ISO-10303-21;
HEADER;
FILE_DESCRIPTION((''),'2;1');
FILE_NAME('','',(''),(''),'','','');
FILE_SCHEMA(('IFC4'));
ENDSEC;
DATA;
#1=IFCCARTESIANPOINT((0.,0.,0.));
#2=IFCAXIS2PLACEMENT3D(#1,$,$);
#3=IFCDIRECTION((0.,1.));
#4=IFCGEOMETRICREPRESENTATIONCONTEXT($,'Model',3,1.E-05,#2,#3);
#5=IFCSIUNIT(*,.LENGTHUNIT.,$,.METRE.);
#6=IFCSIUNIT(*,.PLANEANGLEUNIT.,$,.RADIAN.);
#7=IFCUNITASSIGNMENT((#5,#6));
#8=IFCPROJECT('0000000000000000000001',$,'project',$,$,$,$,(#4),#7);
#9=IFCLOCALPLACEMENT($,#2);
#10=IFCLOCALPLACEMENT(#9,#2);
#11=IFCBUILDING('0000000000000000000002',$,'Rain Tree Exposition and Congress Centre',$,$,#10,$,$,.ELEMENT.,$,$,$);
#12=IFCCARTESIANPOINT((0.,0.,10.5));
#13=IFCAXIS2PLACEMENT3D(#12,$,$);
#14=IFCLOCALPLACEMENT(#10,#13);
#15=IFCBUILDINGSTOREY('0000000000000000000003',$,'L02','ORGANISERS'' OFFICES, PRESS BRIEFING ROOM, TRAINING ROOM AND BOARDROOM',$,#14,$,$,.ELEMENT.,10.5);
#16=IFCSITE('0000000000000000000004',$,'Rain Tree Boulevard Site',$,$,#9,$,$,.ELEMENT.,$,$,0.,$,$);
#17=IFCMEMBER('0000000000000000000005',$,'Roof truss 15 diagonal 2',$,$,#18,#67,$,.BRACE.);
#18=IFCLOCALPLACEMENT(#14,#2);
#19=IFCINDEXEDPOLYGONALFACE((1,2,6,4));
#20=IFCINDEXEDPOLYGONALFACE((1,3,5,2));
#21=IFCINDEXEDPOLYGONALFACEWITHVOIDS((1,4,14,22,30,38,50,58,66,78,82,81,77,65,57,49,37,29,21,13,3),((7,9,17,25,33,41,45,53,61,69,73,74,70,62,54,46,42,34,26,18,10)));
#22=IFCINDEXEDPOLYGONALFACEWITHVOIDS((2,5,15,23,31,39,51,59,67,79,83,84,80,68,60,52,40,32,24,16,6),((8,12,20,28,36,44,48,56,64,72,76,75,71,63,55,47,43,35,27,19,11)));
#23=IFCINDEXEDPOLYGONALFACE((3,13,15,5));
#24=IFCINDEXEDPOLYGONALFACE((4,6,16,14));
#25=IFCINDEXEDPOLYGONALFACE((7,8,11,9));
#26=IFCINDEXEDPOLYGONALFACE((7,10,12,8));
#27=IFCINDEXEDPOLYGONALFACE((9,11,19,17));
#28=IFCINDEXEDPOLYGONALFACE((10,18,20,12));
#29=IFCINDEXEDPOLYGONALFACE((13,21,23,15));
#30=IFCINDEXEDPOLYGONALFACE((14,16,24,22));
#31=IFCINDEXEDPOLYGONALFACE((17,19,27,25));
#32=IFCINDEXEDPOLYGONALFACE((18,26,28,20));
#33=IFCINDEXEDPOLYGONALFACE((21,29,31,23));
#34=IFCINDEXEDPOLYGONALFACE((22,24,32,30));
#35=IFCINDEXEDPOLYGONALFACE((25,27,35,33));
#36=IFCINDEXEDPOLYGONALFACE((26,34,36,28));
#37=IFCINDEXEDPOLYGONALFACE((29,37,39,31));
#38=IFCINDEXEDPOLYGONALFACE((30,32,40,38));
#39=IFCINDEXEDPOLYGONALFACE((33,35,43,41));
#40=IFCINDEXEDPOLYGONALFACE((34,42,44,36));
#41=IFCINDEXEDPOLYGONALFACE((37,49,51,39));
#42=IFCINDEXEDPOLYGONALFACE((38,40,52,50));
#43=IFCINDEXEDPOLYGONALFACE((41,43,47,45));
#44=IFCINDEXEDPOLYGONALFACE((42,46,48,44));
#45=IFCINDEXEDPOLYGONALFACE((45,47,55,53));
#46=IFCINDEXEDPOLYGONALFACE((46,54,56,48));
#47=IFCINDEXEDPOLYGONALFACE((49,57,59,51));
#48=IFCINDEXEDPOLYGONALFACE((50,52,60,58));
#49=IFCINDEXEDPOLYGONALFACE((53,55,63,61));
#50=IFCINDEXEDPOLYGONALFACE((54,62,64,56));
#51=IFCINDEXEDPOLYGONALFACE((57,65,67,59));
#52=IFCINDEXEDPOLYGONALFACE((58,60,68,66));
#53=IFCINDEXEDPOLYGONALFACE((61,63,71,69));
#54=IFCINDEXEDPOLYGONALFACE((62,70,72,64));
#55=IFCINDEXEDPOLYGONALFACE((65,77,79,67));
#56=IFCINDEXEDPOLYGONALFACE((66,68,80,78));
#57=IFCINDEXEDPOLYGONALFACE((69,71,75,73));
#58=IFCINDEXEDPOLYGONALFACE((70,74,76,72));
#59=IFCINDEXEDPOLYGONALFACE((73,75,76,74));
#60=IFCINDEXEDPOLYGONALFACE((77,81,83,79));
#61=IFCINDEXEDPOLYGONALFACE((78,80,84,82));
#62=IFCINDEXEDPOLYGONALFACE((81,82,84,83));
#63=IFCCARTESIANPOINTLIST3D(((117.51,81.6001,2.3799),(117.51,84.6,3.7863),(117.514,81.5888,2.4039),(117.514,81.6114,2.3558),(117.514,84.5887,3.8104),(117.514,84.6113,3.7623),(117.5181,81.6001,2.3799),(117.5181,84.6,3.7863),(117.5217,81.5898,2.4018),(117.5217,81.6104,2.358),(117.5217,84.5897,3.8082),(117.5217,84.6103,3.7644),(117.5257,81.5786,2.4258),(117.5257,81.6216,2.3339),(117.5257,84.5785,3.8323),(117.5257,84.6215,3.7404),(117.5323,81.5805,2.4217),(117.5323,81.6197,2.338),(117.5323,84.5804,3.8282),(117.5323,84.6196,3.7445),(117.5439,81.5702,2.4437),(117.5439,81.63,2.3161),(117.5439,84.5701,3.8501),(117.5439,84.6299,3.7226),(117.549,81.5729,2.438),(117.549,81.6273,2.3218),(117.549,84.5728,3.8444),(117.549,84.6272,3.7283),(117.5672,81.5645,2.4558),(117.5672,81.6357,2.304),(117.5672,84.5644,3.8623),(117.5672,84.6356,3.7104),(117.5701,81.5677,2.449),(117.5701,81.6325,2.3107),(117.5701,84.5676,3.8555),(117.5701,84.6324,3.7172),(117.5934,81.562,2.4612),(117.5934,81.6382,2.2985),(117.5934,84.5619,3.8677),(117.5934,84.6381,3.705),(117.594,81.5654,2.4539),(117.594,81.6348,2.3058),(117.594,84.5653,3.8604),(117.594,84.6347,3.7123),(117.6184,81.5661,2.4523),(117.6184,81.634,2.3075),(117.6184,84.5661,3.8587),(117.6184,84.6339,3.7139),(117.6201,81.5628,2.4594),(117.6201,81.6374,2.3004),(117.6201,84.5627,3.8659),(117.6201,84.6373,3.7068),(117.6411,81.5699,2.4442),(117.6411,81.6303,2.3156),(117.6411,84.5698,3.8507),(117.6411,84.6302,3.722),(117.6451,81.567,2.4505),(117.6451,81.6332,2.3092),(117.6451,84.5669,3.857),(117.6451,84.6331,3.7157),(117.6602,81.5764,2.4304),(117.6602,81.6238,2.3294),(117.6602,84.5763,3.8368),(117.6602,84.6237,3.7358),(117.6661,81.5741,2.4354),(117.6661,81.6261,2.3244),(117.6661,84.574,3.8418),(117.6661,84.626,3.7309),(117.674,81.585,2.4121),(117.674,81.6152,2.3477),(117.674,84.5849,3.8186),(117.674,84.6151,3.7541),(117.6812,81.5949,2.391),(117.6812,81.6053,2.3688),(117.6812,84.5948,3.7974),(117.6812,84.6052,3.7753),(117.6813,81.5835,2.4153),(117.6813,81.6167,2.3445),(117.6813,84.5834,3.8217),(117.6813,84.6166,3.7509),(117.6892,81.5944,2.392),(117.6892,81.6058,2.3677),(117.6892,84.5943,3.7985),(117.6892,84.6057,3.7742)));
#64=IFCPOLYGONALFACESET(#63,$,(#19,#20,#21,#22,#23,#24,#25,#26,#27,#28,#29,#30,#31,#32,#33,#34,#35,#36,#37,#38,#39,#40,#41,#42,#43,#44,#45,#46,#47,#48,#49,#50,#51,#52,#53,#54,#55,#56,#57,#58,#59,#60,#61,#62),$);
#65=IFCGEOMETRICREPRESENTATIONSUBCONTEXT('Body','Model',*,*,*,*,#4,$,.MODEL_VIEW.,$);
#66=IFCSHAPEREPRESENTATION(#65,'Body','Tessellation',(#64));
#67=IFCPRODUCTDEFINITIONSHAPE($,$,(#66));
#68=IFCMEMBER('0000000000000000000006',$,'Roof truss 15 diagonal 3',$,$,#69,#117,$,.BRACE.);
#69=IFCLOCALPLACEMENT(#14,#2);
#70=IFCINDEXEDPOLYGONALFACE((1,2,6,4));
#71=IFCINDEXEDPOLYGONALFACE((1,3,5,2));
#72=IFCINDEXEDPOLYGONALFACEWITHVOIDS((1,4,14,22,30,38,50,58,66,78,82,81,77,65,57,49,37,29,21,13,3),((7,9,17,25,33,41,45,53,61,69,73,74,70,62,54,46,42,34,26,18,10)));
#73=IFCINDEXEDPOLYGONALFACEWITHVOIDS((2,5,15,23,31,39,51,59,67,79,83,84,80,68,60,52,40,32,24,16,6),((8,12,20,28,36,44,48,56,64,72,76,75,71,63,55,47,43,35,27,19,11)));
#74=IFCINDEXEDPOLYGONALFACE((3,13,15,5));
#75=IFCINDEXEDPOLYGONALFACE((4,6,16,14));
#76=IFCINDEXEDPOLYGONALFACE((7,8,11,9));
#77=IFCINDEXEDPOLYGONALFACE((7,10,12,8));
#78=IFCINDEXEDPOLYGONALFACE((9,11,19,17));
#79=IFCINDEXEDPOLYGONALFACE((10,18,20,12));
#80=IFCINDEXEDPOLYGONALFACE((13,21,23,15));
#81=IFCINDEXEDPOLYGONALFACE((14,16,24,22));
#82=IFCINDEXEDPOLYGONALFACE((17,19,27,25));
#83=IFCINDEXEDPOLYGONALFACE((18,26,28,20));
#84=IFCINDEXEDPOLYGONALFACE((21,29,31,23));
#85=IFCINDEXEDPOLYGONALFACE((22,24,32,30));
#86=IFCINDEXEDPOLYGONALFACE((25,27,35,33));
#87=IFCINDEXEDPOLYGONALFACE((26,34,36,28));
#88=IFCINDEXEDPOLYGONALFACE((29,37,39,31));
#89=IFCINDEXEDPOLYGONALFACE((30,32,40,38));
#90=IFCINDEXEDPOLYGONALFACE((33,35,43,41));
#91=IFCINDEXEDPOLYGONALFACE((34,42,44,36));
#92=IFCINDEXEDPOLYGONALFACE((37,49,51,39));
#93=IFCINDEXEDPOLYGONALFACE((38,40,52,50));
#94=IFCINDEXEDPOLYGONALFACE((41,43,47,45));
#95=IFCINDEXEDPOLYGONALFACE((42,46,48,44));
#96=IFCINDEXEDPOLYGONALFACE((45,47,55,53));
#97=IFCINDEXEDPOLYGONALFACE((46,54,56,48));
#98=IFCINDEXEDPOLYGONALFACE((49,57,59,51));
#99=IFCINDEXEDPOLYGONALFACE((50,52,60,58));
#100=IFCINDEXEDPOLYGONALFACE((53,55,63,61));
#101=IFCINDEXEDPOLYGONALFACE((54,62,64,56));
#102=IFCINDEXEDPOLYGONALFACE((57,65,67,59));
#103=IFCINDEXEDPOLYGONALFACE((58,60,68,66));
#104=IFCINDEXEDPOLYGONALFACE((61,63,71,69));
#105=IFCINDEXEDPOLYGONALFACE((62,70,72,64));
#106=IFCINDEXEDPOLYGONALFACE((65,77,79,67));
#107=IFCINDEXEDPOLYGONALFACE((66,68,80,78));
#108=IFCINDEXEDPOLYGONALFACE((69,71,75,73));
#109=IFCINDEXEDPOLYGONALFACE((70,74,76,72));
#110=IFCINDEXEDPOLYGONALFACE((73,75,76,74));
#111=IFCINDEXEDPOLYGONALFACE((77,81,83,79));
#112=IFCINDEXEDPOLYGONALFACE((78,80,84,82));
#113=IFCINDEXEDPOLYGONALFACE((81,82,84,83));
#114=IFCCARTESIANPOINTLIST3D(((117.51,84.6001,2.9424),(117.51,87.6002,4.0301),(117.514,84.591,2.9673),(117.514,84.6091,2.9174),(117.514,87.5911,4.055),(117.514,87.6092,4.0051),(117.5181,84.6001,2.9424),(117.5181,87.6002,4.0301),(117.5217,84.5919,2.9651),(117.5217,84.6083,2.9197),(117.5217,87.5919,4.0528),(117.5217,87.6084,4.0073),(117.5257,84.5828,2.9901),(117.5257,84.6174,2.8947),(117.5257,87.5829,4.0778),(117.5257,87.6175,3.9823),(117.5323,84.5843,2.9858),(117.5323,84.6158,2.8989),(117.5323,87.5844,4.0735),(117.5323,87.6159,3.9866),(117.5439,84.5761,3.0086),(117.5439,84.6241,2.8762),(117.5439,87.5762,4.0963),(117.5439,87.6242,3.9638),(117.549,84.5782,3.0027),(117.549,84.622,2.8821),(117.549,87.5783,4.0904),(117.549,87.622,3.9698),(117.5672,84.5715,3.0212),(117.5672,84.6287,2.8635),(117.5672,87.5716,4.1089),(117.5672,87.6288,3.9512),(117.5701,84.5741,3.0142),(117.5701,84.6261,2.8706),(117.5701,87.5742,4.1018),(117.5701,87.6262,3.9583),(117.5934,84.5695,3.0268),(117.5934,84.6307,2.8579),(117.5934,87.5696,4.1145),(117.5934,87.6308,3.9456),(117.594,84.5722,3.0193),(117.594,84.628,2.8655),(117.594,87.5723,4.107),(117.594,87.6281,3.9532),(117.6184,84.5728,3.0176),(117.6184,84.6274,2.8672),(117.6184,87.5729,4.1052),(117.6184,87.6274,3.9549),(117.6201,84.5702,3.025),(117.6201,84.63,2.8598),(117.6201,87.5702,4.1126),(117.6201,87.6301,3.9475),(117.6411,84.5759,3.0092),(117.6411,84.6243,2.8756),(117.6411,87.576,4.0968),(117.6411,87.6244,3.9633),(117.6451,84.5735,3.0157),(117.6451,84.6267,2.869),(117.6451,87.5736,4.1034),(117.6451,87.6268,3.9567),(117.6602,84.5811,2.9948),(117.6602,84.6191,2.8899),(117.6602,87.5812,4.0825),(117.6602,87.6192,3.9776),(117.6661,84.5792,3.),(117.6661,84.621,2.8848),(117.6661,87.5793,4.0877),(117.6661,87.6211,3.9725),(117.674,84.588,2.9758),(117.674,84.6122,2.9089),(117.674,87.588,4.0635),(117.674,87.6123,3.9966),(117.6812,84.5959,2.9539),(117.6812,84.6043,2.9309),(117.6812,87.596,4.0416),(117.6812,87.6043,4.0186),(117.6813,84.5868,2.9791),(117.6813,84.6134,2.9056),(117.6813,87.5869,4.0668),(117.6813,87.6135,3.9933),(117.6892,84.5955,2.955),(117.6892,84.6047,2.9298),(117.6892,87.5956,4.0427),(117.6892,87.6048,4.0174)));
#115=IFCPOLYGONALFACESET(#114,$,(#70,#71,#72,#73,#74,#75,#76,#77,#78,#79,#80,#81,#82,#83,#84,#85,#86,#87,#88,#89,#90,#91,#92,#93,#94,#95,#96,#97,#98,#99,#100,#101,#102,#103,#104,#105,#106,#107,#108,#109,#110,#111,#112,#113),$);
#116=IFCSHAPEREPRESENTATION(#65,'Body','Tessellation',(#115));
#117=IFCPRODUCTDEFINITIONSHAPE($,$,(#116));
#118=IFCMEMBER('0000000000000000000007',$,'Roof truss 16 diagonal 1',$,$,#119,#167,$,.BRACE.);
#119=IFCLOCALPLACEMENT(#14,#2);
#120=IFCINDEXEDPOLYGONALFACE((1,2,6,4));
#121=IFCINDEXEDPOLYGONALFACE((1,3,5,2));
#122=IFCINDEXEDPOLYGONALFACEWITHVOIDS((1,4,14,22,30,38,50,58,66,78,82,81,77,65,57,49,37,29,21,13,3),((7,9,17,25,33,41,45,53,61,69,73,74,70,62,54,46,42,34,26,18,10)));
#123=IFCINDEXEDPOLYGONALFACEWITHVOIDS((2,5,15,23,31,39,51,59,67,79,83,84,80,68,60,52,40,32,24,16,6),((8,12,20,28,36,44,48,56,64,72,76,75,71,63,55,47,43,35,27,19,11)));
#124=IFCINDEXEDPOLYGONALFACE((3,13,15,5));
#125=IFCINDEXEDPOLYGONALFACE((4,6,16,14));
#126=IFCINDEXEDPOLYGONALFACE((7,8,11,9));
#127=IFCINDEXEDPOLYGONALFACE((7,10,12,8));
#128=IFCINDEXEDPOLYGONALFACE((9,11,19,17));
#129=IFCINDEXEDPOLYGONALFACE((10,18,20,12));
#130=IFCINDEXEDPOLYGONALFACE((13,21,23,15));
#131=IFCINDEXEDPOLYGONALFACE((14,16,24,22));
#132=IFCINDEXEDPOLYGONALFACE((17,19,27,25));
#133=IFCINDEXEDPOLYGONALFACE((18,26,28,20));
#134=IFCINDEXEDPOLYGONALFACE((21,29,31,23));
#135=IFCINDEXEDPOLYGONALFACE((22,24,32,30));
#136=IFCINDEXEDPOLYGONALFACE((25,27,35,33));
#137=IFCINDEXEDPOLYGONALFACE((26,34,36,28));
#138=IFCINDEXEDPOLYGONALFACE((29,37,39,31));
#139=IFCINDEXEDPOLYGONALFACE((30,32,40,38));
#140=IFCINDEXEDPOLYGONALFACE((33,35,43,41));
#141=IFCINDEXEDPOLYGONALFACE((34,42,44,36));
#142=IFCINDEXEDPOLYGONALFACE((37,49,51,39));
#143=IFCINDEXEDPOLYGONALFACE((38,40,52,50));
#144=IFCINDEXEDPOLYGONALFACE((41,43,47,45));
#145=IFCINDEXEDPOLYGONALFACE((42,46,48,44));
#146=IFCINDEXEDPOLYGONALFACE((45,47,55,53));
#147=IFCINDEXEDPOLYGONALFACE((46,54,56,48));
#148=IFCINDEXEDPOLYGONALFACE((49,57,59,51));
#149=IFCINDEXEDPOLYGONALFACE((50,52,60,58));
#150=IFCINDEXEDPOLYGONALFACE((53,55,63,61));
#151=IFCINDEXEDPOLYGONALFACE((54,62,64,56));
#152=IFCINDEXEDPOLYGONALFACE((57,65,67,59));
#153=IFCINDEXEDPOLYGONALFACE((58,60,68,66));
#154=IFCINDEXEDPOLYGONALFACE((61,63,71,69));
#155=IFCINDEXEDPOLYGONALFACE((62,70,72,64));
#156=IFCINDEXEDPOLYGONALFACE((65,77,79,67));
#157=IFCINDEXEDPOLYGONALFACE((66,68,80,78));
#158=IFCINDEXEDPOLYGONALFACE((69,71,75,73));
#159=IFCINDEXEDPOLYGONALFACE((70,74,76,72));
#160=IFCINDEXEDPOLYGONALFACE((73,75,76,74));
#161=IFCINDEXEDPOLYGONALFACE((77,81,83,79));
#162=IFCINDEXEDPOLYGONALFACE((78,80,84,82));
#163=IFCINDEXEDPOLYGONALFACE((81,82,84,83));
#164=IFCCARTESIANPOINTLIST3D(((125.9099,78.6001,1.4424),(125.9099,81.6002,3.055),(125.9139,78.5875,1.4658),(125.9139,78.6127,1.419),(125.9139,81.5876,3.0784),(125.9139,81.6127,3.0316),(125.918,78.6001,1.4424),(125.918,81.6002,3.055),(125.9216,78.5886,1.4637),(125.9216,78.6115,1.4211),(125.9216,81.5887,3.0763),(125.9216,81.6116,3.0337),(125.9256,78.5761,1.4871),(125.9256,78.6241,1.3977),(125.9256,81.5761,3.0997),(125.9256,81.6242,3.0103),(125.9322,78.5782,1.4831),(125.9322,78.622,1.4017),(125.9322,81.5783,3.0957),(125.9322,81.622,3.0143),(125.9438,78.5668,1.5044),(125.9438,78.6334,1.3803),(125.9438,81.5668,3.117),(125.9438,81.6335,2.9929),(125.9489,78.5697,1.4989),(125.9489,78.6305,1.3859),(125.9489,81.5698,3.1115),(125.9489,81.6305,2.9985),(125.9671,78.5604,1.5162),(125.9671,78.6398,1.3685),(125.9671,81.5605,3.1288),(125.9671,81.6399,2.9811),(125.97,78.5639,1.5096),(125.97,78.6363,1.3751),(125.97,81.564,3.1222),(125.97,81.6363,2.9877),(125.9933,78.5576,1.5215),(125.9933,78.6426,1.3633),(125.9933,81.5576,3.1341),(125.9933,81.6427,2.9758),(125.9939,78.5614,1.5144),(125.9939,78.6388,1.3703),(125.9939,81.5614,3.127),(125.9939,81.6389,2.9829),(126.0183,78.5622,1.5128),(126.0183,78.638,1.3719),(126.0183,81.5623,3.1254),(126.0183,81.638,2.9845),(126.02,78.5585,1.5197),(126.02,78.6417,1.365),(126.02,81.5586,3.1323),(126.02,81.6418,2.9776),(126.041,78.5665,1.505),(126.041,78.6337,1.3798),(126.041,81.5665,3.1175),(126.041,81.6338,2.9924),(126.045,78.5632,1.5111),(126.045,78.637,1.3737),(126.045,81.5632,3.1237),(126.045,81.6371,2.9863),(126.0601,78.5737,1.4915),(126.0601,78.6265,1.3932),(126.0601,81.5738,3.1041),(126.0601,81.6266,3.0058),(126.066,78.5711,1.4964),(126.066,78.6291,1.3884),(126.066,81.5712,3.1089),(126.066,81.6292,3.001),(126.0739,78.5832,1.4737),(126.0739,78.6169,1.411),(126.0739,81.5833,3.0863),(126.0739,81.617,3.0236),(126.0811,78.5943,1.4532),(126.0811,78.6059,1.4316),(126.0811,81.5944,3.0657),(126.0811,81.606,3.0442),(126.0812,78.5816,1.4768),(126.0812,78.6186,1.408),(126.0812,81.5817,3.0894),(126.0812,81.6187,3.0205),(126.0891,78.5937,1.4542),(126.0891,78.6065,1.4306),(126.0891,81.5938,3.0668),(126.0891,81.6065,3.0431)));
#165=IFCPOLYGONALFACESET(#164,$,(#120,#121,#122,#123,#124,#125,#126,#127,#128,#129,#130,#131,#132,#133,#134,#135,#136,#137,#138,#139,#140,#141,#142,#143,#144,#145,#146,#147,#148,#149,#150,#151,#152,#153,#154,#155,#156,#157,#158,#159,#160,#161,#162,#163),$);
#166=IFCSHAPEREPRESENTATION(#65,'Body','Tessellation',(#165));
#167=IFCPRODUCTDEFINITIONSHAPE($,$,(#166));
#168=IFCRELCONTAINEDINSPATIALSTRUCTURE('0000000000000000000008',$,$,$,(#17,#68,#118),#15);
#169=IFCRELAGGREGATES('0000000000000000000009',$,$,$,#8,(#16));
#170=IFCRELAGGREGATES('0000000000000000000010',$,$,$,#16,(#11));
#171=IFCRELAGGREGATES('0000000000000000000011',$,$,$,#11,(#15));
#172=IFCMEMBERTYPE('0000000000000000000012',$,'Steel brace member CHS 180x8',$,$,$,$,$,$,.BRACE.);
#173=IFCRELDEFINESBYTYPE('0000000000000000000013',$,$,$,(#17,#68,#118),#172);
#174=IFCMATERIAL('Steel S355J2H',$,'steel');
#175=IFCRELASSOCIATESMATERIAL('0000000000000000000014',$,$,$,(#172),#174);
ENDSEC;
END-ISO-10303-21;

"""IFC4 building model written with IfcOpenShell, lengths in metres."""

from ifc_helpers import new_model, si_unit, direction, frame, origin, origin_2d, place, context, subcontext, project, spatial, hollow_circle, extrude, material, material_profile, profile_set, type_object, element, save


model = new_model("IFC4")

# Units and contexts
model_context = context("Model", 3, precision=1e-05, world=origin(), true_north=direction((0.0, 1.0)))
body_context = subcontext(model_context, "Body", "Model", "MODEL_VIEW")
ifc_project = project(units=[si_unit("LENGTHUNIT", "METRE"), si_unit("PLANEANGLEUNIT", "RADIAN")], contexts=[model_context])

# Site, building, storey
site_placement = place(None, origin())
site = spatial("IfcSite", under=ifc_project, at=site_placement, Name="Rain Tree Boulevard Site", CompositionType="ELEMENT", RefElevation=0.0)
building_placement = place(site_placement, origin())
building = spatial("IfcBuilding", under=site, at=building_placement, Name="Rain Tree Exposition and Congress Centre", CompositionType="ELEMENT")
storey_placement = place(building_placement, frame((0.0, 0.0, 10.5)))
storey = spatial("IfcBuildingStorey", under=building, at=storey_placement, Name="L02", Description="ORGANISERS' OFFICES, PRESS BRIEFING ROOM, TRAINING ROOM AND BOARDROOM", CompositionType="ELEMENT", Elevation=10.5)

# Members
ifc_material_1 = material(Name="Steel S355J2H", Category="steel")
ifc_material_profile_1 = material_profile(ifc_material_1, hollow_circle(Radius=0.0901, WallThickness=0.0081, at=origin_2d()), Name="CHS 180x8")
ifc_profile_set_1 = profile_set([ifc_material_profile_1], Name="Steel S355J2H")
member_type_1 = type_object("IfcMemberType", Name="Steel brace member CHS 180x8", PredefinedType="BRACE", material=ifc_profile_set_1)
member_1_placement = place(storey_placement, frame((117.6001, 81.6001, 2.3799), z_axis=(0.0, 0.905431, 0.424494), x_axis=(-1.0, 0.0, 0.0)))
element("IfcMember", 1, at=member_1_placement, inside=storey, type_object=member_type_1, Name="Roof truss 15 diagonal 2", PredefinedType="BRACE", context=body_context, shape_type="SweptSolid", body=[
    extrude(hollow_circle(Radius=0.0901, WallThickness=0.0081, at=origin_2d()), origin(), (0.0, 0.0, 1.0), 3.3132),
])
member_2_placement = place(storey_placement, frame((117.6001, 84.6001, 2.9424), z_axis=(0.0, 0.940121, 0.34084), x_axis=(-1.0, 0.0, 0.0)))
element("IfcMember", 2, at=member_2_placement, inside=storey, type_object=member_type_1, Name="Roof truss 15 diagonal 3", PredefinedType="BRACE", context=body_context, shape_type="SweptSolid", body=[
    extrude(hollow_circle(Radius=0.0901, WallThickness=0.0081, at=origin_2d()), origin(), (0.0, 0.0, 1.0), 3.1912),
])
member_3_placement = place(storey_placement, frame((126.0, 78.6001, 1.4424), z_axis=(0.0, 0.880818, 0.473454), x_axis=(-1.0, 0.0, 0.0)))
element("IfcMember", 3, at=member_3_placement, inside=storey, type_object=member_type_1, Name="Roof truss 16 diagonal 1", PredefinedType="BRACE", context=body_context, shape_type="SweptSolid", body=[
    extrude(hollow_circle(Radius=0.0901, WallThickness=0.0081, at=origin_2d()), origin(), (0.0, 0.0, 1.0), 3.406),
])

save(model, "model.ifc")
